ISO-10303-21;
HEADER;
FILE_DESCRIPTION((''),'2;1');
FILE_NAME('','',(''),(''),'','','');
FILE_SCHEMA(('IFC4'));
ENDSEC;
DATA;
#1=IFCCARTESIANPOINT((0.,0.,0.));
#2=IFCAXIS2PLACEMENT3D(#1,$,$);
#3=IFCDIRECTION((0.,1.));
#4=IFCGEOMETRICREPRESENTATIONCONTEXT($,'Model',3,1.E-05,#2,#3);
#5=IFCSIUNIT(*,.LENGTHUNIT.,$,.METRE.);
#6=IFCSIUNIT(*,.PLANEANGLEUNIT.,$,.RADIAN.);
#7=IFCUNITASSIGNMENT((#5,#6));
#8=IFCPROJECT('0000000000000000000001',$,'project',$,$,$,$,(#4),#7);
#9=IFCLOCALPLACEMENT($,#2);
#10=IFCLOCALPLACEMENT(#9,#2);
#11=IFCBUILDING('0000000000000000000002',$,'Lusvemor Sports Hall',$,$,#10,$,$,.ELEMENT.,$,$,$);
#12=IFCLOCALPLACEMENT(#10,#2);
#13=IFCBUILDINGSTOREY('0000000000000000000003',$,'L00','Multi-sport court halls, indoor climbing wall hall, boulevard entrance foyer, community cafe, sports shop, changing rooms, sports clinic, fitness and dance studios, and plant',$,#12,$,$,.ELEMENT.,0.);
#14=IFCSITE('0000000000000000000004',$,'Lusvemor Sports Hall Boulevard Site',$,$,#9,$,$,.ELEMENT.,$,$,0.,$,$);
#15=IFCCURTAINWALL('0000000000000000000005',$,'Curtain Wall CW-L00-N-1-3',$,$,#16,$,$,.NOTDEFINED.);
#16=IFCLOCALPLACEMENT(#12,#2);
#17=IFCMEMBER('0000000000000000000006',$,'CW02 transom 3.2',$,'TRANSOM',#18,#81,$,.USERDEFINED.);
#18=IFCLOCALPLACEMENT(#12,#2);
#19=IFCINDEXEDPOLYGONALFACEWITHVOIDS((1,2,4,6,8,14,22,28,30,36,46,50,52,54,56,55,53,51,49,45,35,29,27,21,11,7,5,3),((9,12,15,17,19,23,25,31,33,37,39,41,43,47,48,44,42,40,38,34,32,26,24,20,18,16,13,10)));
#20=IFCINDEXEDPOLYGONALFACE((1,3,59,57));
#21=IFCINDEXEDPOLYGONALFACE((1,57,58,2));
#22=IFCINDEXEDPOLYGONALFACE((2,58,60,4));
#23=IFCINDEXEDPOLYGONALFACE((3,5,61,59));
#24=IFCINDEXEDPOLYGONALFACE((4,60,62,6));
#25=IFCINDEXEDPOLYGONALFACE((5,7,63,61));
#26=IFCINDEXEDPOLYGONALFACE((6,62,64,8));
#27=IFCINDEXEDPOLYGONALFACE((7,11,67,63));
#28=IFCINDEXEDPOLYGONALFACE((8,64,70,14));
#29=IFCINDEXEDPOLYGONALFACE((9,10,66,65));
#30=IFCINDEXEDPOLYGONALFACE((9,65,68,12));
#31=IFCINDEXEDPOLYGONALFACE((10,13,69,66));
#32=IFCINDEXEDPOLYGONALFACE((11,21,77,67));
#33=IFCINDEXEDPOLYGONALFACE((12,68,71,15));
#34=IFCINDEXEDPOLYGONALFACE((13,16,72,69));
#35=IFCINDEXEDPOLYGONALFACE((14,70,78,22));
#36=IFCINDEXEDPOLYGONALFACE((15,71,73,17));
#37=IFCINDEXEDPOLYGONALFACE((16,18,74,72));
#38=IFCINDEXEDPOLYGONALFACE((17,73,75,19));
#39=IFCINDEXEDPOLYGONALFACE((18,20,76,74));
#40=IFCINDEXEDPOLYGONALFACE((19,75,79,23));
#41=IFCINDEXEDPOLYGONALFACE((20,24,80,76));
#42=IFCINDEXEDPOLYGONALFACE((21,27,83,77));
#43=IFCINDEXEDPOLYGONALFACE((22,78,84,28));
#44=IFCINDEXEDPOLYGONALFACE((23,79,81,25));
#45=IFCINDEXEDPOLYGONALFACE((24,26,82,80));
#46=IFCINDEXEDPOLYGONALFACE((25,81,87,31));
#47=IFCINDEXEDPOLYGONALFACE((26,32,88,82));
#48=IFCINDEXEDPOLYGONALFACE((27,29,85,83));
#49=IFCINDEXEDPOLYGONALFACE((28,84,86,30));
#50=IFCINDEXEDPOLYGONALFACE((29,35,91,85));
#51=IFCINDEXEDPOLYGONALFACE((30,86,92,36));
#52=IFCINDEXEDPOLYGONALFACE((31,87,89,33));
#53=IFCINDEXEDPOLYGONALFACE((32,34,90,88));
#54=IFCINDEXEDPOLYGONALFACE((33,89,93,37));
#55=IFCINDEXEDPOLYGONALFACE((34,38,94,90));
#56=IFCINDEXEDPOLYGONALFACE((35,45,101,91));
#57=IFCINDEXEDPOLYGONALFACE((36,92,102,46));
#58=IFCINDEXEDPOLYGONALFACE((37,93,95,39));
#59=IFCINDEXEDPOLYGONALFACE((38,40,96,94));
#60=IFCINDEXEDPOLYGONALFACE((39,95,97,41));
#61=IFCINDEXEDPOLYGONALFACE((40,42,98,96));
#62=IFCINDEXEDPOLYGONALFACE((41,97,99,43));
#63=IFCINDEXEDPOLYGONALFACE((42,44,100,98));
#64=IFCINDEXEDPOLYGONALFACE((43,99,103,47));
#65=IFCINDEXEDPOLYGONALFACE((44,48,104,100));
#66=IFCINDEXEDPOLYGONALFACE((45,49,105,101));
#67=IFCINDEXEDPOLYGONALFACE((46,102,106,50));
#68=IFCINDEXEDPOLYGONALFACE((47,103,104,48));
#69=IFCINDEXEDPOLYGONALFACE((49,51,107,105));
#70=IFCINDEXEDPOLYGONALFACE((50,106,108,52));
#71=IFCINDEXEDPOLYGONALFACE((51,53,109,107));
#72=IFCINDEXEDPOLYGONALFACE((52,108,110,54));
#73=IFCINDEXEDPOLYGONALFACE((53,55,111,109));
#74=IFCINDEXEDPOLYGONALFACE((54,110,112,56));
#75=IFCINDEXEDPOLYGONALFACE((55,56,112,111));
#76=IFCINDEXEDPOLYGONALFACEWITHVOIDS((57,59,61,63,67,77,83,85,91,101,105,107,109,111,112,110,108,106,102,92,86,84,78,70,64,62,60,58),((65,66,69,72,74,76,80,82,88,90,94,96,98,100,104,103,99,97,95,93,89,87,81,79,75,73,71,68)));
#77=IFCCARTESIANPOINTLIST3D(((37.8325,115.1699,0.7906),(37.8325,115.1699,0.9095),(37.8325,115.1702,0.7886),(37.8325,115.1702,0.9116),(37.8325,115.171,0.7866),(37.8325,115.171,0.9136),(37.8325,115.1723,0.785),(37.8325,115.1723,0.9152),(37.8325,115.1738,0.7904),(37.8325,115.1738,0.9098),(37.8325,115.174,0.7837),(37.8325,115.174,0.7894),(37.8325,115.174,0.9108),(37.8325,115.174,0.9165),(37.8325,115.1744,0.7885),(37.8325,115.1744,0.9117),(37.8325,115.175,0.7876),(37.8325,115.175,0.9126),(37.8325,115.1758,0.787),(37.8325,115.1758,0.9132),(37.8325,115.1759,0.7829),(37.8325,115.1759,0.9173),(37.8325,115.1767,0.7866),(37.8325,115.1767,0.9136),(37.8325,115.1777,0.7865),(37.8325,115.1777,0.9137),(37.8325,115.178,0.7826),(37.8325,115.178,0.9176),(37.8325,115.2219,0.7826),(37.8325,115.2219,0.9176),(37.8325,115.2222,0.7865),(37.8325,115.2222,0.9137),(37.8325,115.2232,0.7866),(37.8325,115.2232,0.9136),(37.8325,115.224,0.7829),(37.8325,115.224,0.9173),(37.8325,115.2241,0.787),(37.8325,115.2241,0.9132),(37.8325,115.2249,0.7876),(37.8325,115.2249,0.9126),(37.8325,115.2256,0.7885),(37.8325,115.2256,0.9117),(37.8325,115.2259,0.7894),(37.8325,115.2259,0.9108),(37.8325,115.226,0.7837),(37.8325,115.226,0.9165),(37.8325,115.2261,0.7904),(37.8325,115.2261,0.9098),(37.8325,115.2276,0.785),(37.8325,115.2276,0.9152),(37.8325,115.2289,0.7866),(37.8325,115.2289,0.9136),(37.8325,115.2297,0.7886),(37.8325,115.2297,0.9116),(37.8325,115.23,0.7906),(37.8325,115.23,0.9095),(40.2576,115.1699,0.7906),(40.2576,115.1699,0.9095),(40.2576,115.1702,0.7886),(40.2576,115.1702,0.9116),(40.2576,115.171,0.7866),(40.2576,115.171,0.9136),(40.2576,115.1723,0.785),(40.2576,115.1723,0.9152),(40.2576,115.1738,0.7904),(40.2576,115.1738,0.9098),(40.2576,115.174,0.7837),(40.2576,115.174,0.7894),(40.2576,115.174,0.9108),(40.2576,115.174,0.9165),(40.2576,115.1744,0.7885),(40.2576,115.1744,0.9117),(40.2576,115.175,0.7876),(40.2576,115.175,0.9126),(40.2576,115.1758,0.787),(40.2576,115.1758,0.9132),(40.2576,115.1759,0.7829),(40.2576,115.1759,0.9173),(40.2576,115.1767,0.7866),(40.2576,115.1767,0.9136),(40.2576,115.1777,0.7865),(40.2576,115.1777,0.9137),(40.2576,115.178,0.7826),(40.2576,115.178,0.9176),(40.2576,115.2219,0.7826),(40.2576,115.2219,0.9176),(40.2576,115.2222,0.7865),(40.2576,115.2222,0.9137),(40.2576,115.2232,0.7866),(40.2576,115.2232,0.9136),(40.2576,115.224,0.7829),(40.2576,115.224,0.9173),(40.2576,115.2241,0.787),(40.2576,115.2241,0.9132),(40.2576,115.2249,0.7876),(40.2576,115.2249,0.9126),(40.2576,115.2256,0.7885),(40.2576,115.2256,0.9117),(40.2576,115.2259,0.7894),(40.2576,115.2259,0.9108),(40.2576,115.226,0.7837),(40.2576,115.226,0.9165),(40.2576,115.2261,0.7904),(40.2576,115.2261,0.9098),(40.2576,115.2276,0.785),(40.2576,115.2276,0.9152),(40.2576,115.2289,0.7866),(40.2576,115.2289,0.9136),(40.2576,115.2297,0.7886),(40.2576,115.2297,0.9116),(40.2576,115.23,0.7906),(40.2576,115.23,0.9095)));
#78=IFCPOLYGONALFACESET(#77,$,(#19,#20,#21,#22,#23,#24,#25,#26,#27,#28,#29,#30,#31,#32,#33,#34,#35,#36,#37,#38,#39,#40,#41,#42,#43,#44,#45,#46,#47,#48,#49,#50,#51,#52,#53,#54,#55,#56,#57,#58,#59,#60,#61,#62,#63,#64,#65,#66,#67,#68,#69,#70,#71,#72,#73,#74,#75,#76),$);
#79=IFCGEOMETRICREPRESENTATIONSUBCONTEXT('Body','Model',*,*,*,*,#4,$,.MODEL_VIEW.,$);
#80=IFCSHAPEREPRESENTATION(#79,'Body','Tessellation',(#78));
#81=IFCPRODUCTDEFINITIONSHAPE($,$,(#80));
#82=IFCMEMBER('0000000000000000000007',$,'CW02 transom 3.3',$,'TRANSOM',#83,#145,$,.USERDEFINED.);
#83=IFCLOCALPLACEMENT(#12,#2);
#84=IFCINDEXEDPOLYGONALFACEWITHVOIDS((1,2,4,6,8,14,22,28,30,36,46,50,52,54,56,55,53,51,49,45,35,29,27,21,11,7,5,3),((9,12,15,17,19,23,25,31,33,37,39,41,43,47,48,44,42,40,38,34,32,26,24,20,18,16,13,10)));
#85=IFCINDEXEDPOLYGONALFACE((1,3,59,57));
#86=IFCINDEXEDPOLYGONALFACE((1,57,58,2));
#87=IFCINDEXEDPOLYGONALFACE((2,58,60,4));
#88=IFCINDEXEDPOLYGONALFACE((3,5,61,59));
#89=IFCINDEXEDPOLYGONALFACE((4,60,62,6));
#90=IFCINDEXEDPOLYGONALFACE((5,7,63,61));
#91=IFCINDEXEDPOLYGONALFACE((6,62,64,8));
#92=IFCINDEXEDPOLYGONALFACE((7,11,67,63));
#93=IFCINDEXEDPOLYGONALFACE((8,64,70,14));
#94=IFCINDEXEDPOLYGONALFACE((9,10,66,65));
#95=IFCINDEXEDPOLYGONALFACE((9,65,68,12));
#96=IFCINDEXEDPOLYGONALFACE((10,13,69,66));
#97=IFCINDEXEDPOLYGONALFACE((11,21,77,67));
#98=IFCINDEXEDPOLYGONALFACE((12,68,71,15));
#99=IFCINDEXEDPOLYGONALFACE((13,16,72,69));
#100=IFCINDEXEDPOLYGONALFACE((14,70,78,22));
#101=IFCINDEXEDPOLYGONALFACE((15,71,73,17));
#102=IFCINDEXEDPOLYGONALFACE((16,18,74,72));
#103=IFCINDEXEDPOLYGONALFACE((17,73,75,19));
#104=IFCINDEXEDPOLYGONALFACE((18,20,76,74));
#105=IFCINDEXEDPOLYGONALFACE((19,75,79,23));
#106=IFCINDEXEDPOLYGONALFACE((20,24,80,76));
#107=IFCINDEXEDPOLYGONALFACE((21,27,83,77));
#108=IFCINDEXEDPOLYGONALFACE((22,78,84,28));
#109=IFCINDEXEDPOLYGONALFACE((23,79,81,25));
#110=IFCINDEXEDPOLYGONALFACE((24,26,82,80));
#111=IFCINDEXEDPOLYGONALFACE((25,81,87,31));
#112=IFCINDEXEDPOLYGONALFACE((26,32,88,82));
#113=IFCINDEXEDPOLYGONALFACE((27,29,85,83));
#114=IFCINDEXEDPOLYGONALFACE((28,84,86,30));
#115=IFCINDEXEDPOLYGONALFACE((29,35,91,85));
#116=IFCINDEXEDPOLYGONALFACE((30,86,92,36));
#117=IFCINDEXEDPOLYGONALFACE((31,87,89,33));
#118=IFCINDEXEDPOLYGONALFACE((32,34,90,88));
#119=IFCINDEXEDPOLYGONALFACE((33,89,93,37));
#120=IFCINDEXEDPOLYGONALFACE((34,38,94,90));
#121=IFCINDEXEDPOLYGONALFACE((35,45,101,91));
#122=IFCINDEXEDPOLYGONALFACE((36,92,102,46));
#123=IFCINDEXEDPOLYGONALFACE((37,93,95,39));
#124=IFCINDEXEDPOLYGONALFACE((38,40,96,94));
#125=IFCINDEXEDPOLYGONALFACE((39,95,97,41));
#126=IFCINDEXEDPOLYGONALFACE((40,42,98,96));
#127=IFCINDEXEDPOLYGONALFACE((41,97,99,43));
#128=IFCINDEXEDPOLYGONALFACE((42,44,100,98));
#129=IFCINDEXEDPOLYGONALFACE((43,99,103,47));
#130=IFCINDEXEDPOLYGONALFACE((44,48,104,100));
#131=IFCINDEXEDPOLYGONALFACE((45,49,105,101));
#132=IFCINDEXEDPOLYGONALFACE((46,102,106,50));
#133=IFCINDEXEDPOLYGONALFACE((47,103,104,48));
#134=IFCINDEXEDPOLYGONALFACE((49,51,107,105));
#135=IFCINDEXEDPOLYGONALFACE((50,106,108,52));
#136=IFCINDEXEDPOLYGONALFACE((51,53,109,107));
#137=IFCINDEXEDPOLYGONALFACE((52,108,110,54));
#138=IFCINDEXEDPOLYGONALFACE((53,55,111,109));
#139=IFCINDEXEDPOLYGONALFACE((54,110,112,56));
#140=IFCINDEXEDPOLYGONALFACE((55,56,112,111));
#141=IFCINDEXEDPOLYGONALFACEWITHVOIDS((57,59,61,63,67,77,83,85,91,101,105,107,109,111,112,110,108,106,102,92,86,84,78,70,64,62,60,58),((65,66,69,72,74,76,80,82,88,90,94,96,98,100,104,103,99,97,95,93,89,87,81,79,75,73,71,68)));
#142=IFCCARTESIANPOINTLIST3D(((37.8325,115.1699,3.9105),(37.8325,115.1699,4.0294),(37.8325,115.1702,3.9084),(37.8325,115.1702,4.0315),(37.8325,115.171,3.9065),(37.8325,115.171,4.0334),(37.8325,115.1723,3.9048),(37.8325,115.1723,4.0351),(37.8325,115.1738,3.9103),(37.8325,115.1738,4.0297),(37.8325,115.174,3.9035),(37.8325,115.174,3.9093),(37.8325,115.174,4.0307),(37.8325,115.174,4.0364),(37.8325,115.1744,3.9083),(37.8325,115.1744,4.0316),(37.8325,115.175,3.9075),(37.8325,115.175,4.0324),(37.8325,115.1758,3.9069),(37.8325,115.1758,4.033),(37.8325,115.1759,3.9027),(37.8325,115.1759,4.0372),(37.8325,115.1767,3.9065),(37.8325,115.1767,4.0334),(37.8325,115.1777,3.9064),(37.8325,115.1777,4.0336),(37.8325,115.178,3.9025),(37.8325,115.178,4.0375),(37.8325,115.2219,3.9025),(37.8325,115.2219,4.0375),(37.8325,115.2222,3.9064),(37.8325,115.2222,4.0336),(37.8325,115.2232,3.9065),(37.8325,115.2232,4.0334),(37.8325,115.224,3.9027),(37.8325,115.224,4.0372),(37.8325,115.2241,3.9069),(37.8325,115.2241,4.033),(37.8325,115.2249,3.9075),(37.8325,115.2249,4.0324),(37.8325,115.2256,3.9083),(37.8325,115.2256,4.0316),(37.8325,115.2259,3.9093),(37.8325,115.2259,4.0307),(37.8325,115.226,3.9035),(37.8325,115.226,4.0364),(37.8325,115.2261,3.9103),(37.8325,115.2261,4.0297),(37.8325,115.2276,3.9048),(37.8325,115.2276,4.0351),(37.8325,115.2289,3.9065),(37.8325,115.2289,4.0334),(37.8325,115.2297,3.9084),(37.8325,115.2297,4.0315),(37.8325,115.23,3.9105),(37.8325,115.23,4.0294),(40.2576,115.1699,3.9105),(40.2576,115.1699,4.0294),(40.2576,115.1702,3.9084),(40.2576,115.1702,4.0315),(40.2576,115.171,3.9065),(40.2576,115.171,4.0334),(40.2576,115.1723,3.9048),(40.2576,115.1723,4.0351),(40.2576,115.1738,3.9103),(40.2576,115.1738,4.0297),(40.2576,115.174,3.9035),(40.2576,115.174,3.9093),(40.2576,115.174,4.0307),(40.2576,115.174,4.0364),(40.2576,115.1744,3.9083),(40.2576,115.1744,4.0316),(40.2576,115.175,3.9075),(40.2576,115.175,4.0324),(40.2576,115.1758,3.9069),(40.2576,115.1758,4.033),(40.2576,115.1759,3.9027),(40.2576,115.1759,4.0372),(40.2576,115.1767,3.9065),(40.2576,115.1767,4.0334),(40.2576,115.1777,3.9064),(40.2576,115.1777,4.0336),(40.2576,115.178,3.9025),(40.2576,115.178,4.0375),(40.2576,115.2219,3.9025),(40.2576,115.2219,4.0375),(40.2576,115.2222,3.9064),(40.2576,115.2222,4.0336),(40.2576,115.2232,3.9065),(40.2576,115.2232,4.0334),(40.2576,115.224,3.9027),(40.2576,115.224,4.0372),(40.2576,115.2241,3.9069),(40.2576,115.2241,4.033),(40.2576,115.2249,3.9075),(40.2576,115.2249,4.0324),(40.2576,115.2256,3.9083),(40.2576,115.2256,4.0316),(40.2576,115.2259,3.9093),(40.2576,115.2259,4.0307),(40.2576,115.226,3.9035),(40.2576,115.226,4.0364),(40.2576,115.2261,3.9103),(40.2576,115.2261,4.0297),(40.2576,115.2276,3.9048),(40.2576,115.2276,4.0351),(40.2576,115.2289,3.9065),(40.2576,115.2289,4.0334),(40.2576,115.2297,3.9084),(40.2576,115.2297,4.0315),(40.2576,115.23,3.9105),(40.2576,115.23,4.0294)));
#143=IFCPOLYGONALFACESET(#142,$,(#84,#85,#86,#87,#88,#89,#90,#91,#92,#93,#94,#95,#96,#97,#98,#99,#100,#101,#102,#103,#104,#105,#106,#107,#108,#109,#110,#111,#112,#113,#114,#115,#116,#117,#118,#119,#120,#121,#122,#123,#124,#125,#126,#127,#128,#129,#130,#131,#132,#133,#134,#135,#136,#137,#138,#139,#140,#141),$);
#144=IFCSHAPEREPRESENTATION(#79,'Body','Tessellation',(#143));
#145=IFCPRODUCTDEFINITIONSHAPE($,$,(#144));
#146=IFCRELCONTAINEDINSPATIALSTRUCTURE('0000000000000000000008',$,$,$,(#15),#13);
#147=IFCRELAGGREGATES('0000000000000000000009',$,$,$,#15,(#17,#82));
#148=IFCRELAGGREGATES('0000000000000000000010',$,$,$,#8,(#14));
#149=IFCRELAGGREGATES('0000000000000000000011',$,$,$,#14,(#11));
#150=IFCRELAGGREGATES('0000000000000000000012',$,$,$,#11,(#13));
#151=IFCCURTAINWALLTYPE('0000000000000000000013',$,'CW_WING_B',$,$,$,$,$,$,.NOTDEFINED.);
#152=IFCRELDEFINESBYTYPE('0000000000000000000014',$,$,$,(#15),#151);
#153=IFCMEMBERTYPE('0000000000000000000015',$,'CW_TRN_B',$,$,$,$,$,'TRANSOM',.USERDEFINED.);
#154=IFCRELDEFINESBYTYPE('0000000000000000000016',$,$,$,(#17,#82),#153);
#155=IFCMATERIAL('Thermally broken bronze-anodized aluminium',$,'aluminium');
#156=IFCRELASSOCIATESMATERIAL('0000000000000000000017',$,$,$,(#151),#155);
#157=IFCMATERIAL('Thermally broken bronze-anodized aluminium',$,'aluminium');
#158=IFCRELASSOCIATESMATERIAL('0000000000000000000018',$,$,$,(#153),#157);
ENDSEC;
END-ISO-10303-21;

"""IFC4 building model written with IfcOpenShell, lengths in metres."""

from ifc_helpers import new_model, si_unit, direction, frame, origin, origin_2d, place, context, subcontext, project, spatial, hollow_rectangle, extrude, material, material_profile, profile_set, type_object, element, aggregate, save


model = new_model("IFC4")

# Units and contexts
model_context = context("Model", 3, precision=1e-05, world=origin(), true_north=direction((0.0, 1.0)))
body_context = subcontext(model_context, "Body", "Model", "MODEL_VIEW")
ifc_project = project(units=[si_unit("LENGTHUNIT", "METRE"), si_unit("PLANEANGLEUNIT", "RADIAN")], contexts=[model_context])

# Site, building, storey
site_placement = place(None, origin())
site = spatial("IfcSite", under=ifc_project, at=site_placement, Name="Lusvemor Sports Hall Boulevard Site", CompositionType="ELEMENT", RefElevation=0.0)
building_placement = place(site_placement, origin())
building = spatial("IfcBuilding", under=site, at=building_placement, Name="Lusvemor Sports Hall", CompositionType="ELEMENT")
storey_placement = place(building_placement, origin())
storey = spatial("IfcBuildingStorey", under=building, at=storey_placement, Name="L00", Description="Multi-sport court halls, indoor climbing wall hall, boulevard entrance foyer, community cafe, sports shop, changing rooms, sports clinic, fitness and dance studios, and plant", CompositionType="ELEMENT", Elevation=0.0)

# Curtain wall, members
ifc_material_1 = material(Name="Thermally broken bronze-anodized aluminium", Category="aluminium")
curtain_wall_type = type_object("IfcCurtainWallType", Name="CW_WING_B", PredefinedType="NOTDEFINED", material=ifc_material_1)
curtain_wall_placement = place(storey_placement, origin())
curtain_wall = element("IfcCurtainWall", 1, at=curtain_wall_placement, inside=storey, type_object=curtain_wall_type, Name="Curtain Wall CW-L00-N-1-3", PredefinedType="NOTDEFINED")
ifc_material_2 = material(Name="Thermally broken bronze-anodized aluminium", Category="aluminium")
ifc_material_profile_1 = material_profile(ifc_material_2, hollow_rectangle(XDim=0.0601, YDim=0.135, WallThickness=0.0039, InnerFilletRadius=0.0039, OuterFilletRadius=0.0081, at=origin_2d()), Name="CWTRN135x60x4")
ifc_profile_set_1 = profile_set([ifc_material_profile_1], Name="Thermally broken bronze-anodized aluminium")
member_type_1 = type_object("IfcMemberType", Name="CW_TRN_B", ElementType="TRANSOM", PredefinedType="USERDEFINED", material=ifc_profile_set_1)
member_1_placement = place(storey_placement, frame((37.8325, 115.2, 0.8501), z_axis=(1.0, 0.0, 0.0), x_axis=(0.0, 1.0, 0.0)))
member_1 = element("IfcMember", 2, at=member_1_placement, type_object=member_type_1, Name="CW02 transom 3.2", ObjectType="TRANSOM", PredefinedType="USERDEFINED", context=body_context, shape_type="SweptSolid", body=[
    extrude(hollow_rectangle(XDim=0.0601, YDim=0.135, WallThickness=0.0039, InnerFilletRadius=0.0039, OuterFilletRadius=0.0081, at=origin_2d()), origin(), (0.0, 0.0, 1.0), 2.425),
])
member_2_placement = place(storey_placement, frame((37.8325, 115.2, 3.97), z_axis=(1.0, 0.0, 0.0), x_axis=(0.0, 1.0, 0.0)))
member_2 = element("IfcMember", 3, at=member_2_placement, type_object=member_type_1, Name="CW02 transom 3.3", ObjectType="TRANSOM", PredefinedType="USERDEFINED", context=body_context, shape_type="SweptSolid", body=[
    extrude(hollow_rectangle(XDim=0.0601, YDim=0.135, WallThickness=0.0039, InnerFilletRadius=0.0039, OuterFilletRadius=0.0081, at=origin_2d()), origin(), (0.0, 0.0, 1.0), 2.425),
])
aggregate(curtain_wall, [member_1, member_2])

save(model, "model.ifc")
